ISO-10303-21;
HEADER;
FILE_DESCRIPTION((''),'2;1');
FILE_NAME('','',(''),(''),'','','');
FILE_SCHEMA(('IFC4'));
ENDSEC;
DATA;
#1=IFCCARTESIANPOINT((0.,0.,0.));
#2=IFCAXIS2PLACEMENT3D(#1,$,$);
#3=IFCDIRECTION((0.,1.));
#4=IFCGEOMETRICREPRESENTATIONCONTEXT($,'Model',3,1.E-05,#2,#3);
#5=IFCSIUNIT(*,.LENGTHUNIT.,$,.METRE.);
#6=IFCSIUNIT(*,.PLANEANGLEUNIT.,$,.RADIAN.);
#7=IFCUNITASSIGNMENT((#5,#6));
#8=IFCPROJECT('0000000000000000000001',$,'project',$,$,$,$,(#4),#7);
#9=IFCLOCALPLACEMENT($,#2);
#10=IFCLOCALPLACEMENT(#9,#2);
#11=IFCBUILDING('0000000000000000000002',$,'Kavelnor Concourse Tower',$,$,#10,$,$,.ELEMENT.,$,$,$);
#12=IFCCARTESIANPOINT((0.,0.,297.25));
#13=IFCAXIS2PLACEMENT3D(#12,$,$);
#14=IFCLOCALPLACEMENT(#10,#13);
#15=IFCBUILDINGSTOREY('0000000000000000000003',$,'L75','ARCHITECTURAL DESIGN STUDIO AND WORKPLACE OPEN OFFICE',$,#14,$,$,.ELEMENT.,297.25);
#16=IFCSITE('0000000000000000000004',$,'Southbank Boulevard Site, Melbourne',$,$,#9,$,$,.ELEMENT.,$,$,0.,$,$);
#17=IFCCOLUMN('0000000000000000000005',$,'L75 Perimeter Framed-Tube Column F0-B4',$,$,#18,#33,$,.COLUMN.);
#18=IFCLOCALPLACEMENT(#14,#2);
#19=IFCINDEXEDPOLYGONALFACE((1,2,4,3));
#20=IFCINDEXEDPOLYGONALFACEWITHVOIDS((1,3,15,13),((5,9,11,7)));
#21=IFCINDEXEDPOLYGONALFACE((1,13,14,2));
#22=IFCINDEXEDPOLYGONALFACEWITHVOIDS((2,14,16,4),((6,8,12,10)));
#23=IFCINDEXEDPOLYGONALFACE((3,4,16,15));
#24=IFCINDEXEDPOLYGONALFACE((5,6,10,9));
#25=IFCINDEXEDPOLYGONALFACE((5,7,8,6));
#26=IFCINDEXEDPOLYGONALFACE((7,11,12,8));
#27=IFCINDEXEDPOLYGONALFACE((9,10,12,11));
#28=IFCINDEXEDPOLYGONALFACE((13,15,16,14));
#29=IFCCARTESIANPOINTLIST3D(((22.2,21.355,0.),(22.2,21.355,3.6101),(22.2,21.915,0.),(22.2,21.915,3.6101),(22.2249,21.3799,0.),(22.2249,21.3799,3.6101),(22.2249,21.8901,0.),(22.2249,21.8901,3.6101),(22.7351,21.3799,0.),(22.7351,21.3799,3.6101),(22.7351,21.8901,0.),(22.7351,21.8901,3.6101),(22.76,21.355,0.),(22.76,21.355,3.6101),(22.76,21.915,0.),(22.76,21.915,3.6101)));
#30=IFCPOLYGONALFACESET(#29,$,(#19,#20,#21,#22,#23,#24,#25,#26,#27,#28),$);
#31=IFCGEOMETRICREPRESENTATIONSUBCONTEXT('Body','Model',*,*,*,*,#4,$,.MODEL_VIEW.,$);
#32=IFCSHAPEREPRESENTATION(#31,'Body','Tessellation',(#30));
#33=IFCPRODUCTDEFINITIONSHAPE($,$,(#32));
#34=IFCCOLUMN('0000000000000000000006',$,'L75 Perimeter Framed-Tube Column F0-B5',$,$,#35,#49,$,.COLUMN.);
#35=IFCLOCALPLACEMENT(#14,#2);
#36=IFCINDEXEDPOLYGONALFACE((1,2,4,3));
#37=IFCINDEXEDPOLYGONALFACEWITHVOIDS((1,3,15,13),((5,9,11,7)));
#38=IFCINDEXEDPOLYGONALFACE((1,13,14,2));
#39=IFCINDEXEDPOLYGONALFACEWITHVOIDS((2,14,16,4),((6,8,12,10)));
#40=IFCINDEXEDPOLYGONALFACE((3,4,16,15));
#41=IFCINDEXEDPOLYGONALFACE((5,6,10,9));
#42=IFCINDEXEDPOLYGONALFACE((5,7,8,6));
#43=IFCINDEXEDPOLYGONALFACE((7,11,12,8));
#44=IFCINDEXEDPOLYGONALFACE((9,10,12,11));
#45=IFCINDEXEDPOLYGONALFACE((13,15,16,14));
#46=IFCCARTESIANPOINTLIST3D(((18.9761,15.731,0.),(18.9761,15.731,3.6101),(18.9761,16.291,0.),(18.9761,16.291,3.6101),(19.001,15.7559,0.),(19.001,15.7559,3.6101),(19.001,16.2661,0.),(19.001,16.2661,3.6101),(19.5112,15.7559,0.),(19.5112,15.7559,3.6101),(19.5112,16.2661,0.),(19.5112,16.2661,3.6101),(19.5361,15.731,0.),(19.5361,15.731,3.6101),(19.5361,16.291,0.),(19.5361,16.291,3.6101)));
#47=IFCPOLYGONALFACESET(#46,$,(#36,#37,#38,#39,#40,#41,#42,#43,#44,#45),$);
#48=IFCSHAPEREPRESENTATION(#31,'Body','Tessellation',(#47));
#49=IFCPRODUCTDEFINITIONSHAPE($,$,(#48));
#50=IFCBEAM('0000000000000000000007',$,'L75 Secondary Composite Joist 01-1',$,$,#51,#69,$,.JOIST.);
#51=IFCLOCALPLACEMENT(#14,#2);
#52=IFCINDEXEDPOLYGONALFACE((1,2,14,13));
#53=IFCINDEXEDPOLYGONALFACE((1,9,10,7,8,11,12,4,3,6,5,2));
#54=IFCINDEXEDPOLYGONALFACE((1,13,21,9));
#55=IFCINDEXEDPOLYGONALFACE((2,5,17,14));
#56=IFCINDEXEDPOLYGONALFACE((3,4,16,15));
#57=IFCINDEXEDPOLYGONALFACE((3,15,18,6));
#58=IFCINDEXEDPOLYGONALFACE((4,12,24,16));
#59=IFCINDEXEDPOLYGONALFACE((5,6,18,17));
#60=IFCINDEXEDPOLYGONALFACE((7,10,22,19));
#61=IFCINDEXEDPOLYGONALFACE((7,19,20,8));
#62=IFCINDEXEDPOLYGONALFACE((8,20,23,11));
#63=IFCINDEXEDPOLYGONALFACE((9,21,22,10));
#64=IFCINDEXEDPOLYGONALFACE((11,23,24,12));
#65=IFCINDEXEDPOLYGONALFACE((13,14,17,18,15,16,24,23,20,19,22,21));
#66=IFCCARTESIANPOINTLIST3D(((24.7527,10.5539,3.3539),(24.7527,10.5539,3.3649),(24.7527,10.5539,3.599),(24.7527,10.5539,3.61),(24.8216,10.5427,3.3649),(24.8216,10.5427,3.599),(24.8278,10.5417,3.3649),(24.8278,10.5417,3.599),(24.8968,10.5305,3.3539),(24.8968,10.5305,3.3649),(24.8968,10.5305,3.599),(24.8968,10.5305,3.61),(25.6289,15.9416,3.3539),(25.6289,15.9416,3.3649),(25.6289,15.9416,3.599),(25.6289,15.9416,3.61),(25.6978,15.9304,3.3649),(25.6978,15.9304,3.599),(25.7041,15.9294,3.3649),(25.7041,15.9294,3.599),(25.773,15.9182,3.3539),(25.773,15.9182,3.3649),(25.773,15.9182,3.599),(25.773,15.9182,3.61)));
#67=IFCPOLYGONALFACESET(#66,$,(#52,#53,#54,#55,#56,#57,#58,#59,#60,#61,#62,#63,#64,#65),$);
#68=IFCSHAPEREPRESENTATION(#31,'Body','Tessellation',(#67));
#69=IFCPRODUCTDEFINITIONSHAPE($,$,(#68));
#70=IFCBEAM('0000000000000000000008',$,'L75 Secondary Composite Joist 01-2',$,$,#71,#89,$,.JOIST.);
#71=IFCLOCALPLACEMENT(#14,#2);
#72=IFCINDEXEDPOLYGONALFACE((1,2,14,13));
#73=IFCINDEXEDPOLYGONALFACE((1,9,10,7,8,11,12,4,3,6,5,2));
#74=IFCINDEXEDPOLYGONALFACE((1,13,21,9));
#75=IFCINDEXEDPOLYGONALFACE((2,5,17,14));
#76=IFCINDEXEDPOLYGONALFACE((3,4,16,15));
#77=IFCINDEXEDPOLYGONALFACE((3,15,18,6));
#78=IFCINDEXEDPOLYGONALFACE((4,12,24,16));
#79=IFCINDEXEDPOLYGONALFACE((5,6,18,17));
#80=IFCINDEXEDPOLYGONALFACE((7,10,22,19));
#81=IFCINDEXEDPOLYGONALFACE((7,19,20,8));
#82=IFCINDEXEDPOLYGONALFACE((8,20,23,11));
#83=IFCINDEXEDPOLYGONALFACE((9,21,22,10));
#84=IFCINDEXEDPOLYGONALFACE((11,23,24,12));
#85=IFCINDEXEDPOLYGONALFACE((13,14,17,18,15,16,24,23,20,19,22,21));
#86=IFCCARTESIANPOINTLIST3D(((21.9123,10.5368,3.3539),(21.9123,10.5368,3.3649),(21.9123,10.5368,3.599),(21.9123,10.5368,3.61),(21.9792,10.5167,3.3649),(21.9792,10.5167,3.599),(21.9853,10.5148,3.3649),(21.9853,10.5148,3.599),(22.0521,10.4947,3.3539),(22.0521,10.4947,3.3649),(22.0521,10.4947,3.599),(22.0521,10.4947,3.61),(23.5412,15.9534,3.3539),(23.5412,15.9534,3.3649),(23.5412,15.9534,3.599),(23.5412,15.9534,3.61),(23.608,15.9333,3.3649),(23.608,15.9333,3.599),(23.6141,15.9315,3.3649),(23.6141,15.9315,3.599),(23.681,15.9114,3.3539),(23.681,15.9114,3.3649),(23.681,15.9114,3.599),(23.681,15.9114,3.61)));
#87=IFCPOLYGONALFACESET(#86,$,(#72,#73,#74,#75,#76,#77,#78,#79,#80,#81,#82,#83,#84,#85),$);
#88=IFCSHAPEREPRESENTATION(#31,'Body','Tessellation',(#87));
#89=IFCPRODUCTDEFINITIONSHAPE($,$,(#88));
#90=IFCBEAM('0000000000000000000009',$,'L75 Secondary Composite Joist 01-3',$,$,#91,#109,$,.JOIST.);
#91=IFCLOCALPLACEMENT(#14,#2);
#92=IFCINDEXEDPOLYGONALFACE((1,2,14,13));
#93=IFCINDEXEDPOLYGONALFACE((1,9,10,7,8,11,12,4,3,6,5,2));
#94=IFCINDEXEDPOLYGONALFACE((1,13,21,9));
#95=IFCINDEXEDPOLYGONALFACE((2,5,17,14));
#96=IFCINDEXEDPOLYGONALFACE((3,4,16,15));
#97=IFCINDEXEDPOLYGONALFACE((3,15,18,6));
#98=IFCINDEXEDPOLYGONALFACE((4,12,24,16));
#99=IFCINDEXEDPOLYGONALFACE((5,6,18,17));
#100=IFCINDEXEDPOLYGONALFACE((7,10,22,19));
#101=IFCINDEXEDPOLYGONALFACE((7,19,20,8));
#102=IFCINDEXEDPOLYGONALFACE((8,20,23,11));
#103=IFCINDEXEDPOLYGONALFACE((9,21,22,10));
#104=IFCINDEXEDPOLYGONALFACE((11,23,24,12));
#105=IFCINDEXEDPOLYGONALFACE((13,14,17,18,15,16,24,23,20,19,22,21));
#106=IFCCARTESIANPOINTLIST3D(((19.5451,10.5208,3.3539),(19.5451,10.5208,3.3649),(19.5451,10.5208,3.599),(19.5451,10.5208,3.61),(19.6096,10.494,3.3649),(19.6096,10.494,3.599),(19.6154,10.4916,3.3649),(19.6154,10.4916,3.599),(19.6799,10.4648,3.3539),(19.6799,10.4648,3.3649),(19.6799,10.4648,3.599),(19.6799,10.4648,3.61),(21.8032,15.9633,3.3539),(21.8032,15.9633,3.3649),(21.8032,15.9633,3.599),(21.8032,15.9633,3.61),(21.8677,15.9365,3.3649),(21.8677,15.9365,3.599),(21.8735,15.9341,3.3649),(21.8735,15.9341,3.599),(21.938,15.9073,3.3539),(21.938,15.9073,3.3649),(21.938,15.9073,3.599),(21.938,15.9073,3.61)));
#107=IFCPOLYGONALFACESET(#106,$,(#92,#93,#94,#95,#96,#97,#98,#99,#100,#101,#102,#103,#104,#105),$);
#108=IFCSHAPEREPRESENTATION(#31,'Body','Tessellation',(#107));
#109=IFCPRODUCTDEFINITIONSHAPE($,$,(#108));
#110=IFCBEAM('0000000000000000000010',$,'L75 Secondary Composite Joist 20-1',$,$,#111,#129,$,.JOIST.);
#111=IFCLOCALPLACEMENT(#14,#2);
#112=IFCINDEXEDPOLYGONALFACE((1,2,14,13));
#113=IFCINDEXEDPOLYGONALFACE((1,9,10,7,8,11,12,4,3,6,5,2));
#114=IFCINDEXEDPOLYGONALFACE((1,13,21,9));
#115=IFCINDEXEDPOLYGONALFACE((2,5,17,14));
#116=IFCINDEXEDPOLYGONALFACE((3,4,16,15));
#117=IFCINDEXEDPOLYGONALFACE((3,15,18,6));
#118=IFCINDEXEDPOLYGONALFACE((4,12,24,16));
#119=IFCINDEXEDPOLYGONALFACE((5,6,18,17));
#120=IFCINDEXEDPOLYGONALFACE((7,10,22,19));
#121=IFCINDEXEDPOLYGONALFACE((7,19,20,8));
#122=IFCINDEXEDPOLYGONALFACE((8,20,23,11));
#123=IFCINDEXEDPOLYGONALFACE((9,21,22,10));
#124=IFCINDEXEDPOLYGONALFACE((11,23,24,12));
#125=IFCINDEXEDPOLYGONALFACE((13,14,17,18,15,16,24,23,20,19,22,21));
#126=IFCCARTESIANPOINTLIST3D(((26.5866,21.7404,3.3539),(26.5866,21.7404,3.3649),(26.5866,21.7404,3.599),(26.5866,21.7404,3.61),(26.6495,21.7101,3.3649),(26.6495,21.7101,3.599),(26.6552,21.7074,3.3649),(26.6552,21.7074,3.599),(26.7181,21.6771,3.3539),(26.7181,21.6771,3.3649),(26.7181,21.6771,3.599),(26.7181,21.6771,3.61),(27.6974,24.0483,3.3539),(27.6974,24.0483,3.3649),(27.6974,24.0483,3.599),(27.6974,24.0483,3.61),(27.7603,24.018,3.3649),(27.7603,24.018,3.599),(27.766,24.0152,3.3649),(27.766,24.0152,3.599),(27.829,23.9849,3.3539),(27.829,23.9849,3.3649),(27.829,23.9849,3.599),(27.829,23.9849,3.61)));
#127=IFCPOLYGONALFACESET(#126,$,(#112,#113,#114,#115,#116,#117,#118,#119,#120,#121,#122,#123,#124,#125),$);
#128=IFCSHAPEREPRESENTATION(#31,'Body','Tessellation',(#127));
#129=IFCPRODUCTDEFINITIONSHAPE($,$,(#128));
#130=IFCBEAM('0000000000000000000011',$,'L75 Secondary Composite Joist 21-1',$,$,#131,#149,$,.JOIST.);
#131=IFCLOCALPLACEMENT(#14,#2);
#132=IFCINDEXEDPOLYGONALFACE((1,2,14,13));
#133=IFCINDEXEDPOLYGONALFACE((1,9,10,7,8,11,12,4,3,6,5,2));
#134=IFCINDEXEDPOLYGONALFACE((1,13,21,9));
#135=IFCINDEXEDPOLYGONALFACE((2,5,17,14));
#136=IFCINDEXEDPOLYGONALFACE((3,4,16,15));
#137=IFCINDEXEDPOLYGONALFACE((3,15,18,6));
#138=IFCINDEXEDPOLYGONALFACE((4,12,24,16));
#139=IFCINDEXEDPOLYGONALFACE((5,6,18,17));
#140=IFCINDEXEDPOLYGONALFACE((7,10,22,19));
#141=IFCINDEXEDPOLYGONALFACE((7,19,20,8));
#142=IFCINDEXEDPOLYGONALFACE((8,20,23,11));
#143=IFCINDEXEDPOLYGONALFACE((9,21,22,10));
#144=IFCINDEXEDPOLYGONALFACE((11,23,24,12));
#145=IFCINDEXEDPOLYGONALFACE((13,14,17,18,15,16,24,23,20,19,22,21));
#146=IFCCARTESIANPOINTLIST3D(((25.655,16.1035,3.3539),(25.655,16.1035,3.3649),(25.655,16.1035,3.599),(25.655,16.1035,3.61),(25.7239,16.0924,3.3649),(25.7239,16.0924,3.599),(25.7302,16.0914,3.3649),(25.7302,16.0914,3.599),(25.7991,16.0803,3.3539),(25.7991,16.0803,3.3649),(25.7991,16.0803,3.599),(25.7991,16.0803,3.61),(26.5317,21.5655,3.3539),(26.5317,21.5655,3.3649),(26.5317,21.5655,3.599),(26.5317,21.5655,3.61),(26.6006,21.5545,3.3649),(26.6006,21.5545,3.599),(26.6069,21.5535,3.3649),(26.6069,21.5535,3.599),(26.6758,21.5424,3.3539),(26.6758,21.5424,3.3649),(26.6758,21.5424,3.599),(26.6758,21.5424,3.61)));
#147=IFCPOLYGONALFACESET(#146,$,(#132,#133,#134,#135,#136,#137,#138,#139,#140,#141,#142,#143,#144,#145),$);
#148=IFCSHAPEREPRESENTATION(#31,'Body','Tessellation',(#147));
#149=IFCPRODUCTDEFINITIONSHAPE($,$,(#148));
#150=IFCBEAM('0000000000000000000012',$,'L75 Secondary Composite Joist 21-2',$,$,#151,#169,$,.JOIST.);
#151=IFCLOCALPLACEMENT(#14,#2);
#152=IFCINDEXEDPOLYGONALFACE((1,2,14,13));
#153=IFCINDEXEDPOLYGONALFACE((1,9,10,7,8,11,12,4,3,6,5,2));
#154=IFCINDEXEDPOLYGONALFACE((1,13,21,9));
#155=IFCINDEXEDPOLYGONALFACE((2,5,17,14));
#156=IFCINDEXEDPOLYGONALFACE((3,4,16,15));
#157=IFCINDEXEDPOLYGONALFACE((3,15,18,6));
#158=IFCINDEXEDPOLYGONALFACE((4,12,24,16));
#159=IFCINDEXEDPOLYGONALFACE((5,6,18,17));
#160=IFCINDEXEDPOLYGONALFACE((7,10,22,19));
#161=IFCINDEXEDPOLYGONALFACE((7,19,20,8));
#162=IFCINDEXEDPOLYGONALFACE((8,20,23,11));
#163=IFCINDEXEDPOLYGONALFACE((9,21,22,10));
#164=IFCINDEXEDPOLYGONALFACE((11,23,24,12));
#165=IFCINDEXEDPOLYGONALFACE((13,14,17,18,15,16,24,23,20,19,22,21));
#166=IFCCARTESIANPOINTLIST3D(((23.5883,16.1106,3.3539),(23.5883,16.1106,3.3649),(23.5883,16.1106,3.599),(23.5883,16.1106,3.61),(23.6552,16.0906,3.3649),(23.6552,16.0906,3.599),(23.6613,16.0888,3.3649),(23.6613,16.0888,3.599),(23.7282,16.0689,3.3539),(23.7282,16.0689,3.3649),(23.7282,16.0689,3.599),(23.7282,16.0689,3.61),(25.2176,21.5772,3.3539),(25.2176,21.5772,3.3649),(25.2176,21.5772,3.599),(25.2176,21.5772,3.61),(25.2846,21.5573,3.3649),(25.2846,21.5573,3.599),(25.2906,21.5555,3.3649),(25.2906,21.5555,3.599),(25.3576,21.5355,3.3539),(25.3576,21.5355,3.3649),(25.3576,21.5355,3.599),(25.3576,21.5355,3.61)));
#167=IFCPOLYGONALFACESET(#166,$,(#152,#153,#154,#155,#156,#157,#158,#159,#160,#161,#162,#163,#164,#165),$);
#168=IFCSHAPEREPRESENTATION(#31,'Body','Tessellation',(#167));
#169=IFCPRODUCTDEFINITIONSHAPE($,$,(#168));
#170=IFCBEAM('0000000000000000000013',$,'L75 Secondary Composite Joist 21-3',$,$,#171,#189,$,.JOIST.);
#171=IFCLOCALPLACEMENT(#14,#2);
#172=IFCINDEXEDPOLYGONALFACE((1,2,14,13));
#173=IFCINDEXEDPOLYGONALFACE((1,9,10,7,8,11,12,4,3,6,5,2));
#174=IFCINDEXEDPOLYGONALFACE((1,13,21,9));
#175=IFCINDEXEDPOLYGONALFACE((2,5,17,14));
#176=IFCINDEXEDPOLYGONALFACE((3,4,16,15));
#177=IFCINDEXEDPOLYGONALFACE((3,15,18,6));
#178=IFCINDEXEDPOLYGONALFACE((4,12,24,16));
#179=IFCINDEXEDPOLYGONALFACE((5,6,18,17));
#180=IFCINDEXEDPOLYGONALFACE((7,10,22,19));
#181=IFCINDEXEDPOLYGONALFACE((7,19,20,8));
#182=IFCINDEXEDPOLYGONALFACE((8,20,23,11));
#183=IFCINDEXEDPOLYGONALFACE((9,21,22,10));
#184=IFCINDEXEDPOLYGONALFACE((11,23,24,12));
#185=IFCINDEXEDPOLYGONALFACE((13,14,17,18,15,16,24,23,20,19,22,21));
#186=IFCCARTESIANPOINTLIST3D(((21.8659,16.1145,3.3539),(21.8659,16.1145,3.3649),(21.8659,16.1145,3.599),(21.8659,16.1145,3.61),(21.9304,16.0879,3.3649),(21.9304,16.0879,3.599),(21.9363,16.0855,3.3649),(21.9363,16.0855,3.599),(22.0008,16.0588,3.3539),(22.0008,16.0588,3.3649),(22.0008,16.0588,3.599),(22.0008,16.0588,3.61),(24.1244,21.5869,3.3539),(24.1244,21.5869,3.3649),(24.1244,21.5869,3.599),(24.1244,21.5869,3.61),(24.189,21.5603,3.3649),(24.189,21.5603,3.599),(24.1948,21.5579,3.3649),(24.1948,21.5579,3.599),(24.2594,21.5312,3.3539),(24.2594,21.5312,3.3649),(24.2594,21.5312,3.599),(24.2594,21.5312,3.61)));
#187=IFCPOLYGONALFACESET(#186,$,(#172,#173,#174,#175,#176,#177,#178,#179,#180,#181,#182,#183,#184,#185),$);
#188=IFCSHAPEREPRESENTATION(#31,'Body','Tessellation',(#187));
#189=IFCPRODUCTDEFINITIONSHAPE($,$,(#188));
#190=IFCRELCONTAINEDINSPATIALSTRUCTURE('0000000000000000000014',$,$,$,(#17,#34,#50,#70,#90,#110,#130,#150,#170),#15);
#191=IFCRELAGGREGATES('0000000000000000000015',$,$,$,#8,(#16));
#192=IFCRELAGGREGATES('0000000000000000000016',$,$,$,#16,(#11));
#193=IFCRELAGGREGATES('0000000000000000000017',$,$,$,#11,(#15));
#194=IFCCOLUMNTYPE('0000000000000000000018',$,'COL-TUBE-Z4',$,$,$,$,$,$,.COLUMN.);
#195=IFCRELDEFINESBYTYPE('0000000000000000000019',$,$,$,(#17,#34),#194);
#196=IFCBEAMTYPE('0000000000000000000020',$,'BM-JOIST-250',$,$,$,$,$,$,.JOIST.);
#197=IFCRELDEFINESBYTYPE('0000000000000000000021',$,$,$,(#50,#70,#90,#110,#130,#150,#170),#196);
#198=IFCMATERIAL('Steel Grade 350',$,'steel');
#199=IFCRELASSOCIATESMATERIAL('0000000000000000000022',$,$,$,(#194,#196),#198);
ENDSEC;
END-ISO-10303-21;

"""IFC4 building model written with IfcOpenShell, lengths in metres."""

from ifc_helpers import new_model, si_unit, direction, frame, origin, origin_2d, place, context, subcontext, project, spatial, hollow_rectangle, i_section, extrude, material, material_profile, profile_set, type_object, element, save


model = new_model("IFC4")

# Units and contexts
model_context = context("Model", 3, precision=1e-05, world=origin(), true_north=direction((0.0, 1.0)))
body_context = subcontext(model_context, "Body", "Model", "MODEL_VIEW")
ifc_project = project(units=[si_unit("LENGTHUNIT", "METRE"), si_unit("PLANEANGLEUNIT", "RADIAN")], contexts=[model_context])

# Site, building, storey
site_placement = place(None, origin())
site = spatial("IfcSite", under=ifc_project, at=site_placement, Name="Southbank Boulevard Site, Melbourne", CompositionType="ELEMENT", RefElevation=0.0)
building_placement = place(site_placement, origin())
building = spatial("IfcBuilding", under=site, at=building_placement, Name="Kavelnor Concourse Tower", CompositionType="ELEMENT")
storey_placement = place(building_placement, frame((0.0, 0.0, 297.25)))
storey = spatial("IfcBuildingStorey", under=building, at=storey_placement, Name="L75", Description="ARCHITECTURAL DESIGN STUDIO AND WORKPLACE OPEN OFFICE", CompositionType="ELEMENT", Elevation=297.25)

# Columns
ifc_material_1 = material(Name="Steel Grade 350", Category="steel")
ifc_material_profile_1 = material_profile(ifc_material_1, hollow_rectangle(XDim=0.5601, YDim=0.5601, WallThickness=0.0249, at=origin_2d()), Name="SHS 560x560x25")
ifc_profile_set_1 = profile_set([ifc_material_profile_1], Name="Steel Grade 350")
column_type = type_object("IfcColumnType", Name="COL-TUBE-Z4", PredefinedType="COLUMN", material=ifc_profile_set_1)
for number, where, z_axis, x_axis, name in (
    (1, (22.48, 21.635, 0.0), (0.0, 0.0, 1.0), (1.0, 0.0, 0.0), "L75 Perimeter Framed-Tube Column F0-B4"),
    (2, (19.2561, 16.011, 0.0), (0.0, 0.0, 1.0), (1.0, 0.0, 0.0), "L75 Perimeter Framed-Tube Column F0-B5"),
):
    element("IfcColumn", number, at=place(storey_placement, frame(where, z_axis=z_axis, x_axis=x_axis)), inside=storey, type_object=column_type, Name=name, PredefinedType="COLUMN", context=body_context, shape_type="SweptSolid", body=[
        extrude(hollow_rectangle(XDim=0.5601, YDim=0.5601, WallThickness=0.0249, at=origin_2d()), origin(), (0.0, 0.0, 1.0), 3.6101),
    ])

# Beams
ifc_material_profile_2 = material_profile(ifc_material_1, i_section(OverallWidth=0.146, OverallDepth=0.2561, WebThickness=0.0063, FlangeThickness=0.011, at=origin_2d()), Name="250UB37")
ifc_profile_set_2 = profile_set([ifc_material_profile_2], Name="Steel Grade 350")
beam_type_1 = type_object("IfcBeamType", Name="BM-JOIST-250", PredefinedType="JOIST", material=ifc_profile_set_2)
beam_1_placement = place(storey_placement, frame((25.7009, 15.9299, 3.4819), z_axis=(-0.160525, -0.987032, 0.0), x_axis=(0.987032, -0.160525, 0.0)))
element("IfcBeam", 3, at=beam_1_placement, inside=storey, type_object=beam_type_1, Name="L75 Secondary Composite Joist 01-1", PredefinedType="JOIST", context=body_context, shape_type="SweptSolid", body=[
    extrude(i_section(OverallWidth=0.146, OverallDepth=0.2561, WebThickness=0.0063, FlangeThickness=0.011, at=origin_2d()), origin(), (0.0, 0.0, 1.0), 5.4585),
])
beam_2_placement = place(storey_placement, frame((23.6111, 15.9324, 3.4819), z_axis=(-0.287977, -0.957637, 0.0), x_axis=(0.957637, -0.287977, 0.0)))
element("IfcBeam", 4, at=beam_2_placement, inside=storey, type_object=beam_type_1, Name="L75 Secondary Composite Joist 01-2", PredefinedType="JOIST", context=body_context, shape_type="SweptSolid", body=[
    extrude(i_section(OverallWidth=0.146, OverallDepth=0.2561, WebThickness=0.0063, FlangeThickness=0.011, at=origin_2d()), origin(), (0.0, 0.0, 1.0), 5.6562),
])
beam_3_placement = place(storey_placement, frame((21.8706, 15.9353, 3.4819), z_axis=(-0.383226, -0.923654, 0.0), x_axis=(0.923654, -0.383226, 0.0)))
element("IfcBeam", 5, at=beam_3_placement, inside=storey, type_object=beam_type_1, Name="L75 Secondary Composite Joist 01-3", PredefinedType="JOIST", context=body_context, shape_type="SweptSolid", body=[
    extrude(i_section(OverallWidth=0.146, OverallDepth=0.2561, WebThickness=0.0063, FlangeThickness=0.011, at=origin_2d()), origin(), (0.0, 0.0, 1.0), 5.8923),
])
beam_4_placement = place(storey_placement, frame((27.7632, 24.0166, 3.4819), z_axis=(-0.433704, -0.901055, 0.0), x_axis=(0.901055, -0.433704, 0.0)))
element("IfcBeam", 6, at=beam_4_placement, inside=storey, type_object=beam_type_1, Name="L75 Secondary Composite Joist 20-1", PredefinedType="JOIST", context=body_context, shape_type="SweptSolid", body=[
    extrude(i_section(OverallWidth=0.146, OverallDepth=0.2561, WebThickness=0.0063, FlangeThickness=0.011, at=origin_2d()), origin(), (0.0, 0.0, 1.0), 2.5613),
])
beam_5_placement = place(storey_placement, frame((26.6038, 21.554, 3.4819), z_axis=(-0.158478, -0.987363, 0.0), x_axis=(0.987363, -0.158478, 0.0)))
element("IfcBeam", 7, at=beam_5_placement, inside=storey, type_object=beam_type_1, Name="L75 Secondary Composite Joist 21-1", PredefinedType="JOIST", context=body_context, shape_type="SweptSolid", body=[
    extrude(i_section(OverallWidth=0.146, OverallDepth=0.2561, WebThickness=0.0063, FlangeThickness=0.011, at=origin_2d()), origin(), (0.0, 0.0, 1.0), 5.532),
])
beam_6_placement = place(storey_placement, frame((25.2876, 21.5564, 3.4819), z_axis=(-0.285635, -0.958338, 0.0), x_axis=(0.958338, -0.285635, 0.0)))
element("IfcBeam", 8, at=beam_6_placement, inside=storey, type_object=beam_type_1, Name="L75 Secondary Composite Joist 21-2", PredefinedType="JOIST", context=body_context, shape_type="SweptSolid", body=[
    extrude(i_section(OverallWidth=0.146, OverallDepth=0.2561, WebThickness=0.0063, FlangeThickness=0.011, at=origin_2d()), origin(), (0.0, 0.0, 1.0), 5.7043),
])
beam_7_placement = place(storey_placement, frame((24.1919, 21.5591, 3.4819), z_axis=(-0.381501, -0.924369, 0.0), x_axis=(0.924369, -0.381501, 0.0)))
element("IfcBeam", 9, at=beam_7_placement, inside=storey, type_object=beam_type_1, Name="L75 Secondary Composite Joist 21-3", PredefinedType="JOIST", context=body_context, shape_type="SweptSolid", body=[
    extrude(i_section(OverallWidth=0.146, OverallDepth=0.2561, WebThickness=0.0063, FlangeThickness=0.011, at=origin_2d()), origin(), (0.0, 0.0, 1.0), 5.9202),
])

save(model, "model.ifc")
